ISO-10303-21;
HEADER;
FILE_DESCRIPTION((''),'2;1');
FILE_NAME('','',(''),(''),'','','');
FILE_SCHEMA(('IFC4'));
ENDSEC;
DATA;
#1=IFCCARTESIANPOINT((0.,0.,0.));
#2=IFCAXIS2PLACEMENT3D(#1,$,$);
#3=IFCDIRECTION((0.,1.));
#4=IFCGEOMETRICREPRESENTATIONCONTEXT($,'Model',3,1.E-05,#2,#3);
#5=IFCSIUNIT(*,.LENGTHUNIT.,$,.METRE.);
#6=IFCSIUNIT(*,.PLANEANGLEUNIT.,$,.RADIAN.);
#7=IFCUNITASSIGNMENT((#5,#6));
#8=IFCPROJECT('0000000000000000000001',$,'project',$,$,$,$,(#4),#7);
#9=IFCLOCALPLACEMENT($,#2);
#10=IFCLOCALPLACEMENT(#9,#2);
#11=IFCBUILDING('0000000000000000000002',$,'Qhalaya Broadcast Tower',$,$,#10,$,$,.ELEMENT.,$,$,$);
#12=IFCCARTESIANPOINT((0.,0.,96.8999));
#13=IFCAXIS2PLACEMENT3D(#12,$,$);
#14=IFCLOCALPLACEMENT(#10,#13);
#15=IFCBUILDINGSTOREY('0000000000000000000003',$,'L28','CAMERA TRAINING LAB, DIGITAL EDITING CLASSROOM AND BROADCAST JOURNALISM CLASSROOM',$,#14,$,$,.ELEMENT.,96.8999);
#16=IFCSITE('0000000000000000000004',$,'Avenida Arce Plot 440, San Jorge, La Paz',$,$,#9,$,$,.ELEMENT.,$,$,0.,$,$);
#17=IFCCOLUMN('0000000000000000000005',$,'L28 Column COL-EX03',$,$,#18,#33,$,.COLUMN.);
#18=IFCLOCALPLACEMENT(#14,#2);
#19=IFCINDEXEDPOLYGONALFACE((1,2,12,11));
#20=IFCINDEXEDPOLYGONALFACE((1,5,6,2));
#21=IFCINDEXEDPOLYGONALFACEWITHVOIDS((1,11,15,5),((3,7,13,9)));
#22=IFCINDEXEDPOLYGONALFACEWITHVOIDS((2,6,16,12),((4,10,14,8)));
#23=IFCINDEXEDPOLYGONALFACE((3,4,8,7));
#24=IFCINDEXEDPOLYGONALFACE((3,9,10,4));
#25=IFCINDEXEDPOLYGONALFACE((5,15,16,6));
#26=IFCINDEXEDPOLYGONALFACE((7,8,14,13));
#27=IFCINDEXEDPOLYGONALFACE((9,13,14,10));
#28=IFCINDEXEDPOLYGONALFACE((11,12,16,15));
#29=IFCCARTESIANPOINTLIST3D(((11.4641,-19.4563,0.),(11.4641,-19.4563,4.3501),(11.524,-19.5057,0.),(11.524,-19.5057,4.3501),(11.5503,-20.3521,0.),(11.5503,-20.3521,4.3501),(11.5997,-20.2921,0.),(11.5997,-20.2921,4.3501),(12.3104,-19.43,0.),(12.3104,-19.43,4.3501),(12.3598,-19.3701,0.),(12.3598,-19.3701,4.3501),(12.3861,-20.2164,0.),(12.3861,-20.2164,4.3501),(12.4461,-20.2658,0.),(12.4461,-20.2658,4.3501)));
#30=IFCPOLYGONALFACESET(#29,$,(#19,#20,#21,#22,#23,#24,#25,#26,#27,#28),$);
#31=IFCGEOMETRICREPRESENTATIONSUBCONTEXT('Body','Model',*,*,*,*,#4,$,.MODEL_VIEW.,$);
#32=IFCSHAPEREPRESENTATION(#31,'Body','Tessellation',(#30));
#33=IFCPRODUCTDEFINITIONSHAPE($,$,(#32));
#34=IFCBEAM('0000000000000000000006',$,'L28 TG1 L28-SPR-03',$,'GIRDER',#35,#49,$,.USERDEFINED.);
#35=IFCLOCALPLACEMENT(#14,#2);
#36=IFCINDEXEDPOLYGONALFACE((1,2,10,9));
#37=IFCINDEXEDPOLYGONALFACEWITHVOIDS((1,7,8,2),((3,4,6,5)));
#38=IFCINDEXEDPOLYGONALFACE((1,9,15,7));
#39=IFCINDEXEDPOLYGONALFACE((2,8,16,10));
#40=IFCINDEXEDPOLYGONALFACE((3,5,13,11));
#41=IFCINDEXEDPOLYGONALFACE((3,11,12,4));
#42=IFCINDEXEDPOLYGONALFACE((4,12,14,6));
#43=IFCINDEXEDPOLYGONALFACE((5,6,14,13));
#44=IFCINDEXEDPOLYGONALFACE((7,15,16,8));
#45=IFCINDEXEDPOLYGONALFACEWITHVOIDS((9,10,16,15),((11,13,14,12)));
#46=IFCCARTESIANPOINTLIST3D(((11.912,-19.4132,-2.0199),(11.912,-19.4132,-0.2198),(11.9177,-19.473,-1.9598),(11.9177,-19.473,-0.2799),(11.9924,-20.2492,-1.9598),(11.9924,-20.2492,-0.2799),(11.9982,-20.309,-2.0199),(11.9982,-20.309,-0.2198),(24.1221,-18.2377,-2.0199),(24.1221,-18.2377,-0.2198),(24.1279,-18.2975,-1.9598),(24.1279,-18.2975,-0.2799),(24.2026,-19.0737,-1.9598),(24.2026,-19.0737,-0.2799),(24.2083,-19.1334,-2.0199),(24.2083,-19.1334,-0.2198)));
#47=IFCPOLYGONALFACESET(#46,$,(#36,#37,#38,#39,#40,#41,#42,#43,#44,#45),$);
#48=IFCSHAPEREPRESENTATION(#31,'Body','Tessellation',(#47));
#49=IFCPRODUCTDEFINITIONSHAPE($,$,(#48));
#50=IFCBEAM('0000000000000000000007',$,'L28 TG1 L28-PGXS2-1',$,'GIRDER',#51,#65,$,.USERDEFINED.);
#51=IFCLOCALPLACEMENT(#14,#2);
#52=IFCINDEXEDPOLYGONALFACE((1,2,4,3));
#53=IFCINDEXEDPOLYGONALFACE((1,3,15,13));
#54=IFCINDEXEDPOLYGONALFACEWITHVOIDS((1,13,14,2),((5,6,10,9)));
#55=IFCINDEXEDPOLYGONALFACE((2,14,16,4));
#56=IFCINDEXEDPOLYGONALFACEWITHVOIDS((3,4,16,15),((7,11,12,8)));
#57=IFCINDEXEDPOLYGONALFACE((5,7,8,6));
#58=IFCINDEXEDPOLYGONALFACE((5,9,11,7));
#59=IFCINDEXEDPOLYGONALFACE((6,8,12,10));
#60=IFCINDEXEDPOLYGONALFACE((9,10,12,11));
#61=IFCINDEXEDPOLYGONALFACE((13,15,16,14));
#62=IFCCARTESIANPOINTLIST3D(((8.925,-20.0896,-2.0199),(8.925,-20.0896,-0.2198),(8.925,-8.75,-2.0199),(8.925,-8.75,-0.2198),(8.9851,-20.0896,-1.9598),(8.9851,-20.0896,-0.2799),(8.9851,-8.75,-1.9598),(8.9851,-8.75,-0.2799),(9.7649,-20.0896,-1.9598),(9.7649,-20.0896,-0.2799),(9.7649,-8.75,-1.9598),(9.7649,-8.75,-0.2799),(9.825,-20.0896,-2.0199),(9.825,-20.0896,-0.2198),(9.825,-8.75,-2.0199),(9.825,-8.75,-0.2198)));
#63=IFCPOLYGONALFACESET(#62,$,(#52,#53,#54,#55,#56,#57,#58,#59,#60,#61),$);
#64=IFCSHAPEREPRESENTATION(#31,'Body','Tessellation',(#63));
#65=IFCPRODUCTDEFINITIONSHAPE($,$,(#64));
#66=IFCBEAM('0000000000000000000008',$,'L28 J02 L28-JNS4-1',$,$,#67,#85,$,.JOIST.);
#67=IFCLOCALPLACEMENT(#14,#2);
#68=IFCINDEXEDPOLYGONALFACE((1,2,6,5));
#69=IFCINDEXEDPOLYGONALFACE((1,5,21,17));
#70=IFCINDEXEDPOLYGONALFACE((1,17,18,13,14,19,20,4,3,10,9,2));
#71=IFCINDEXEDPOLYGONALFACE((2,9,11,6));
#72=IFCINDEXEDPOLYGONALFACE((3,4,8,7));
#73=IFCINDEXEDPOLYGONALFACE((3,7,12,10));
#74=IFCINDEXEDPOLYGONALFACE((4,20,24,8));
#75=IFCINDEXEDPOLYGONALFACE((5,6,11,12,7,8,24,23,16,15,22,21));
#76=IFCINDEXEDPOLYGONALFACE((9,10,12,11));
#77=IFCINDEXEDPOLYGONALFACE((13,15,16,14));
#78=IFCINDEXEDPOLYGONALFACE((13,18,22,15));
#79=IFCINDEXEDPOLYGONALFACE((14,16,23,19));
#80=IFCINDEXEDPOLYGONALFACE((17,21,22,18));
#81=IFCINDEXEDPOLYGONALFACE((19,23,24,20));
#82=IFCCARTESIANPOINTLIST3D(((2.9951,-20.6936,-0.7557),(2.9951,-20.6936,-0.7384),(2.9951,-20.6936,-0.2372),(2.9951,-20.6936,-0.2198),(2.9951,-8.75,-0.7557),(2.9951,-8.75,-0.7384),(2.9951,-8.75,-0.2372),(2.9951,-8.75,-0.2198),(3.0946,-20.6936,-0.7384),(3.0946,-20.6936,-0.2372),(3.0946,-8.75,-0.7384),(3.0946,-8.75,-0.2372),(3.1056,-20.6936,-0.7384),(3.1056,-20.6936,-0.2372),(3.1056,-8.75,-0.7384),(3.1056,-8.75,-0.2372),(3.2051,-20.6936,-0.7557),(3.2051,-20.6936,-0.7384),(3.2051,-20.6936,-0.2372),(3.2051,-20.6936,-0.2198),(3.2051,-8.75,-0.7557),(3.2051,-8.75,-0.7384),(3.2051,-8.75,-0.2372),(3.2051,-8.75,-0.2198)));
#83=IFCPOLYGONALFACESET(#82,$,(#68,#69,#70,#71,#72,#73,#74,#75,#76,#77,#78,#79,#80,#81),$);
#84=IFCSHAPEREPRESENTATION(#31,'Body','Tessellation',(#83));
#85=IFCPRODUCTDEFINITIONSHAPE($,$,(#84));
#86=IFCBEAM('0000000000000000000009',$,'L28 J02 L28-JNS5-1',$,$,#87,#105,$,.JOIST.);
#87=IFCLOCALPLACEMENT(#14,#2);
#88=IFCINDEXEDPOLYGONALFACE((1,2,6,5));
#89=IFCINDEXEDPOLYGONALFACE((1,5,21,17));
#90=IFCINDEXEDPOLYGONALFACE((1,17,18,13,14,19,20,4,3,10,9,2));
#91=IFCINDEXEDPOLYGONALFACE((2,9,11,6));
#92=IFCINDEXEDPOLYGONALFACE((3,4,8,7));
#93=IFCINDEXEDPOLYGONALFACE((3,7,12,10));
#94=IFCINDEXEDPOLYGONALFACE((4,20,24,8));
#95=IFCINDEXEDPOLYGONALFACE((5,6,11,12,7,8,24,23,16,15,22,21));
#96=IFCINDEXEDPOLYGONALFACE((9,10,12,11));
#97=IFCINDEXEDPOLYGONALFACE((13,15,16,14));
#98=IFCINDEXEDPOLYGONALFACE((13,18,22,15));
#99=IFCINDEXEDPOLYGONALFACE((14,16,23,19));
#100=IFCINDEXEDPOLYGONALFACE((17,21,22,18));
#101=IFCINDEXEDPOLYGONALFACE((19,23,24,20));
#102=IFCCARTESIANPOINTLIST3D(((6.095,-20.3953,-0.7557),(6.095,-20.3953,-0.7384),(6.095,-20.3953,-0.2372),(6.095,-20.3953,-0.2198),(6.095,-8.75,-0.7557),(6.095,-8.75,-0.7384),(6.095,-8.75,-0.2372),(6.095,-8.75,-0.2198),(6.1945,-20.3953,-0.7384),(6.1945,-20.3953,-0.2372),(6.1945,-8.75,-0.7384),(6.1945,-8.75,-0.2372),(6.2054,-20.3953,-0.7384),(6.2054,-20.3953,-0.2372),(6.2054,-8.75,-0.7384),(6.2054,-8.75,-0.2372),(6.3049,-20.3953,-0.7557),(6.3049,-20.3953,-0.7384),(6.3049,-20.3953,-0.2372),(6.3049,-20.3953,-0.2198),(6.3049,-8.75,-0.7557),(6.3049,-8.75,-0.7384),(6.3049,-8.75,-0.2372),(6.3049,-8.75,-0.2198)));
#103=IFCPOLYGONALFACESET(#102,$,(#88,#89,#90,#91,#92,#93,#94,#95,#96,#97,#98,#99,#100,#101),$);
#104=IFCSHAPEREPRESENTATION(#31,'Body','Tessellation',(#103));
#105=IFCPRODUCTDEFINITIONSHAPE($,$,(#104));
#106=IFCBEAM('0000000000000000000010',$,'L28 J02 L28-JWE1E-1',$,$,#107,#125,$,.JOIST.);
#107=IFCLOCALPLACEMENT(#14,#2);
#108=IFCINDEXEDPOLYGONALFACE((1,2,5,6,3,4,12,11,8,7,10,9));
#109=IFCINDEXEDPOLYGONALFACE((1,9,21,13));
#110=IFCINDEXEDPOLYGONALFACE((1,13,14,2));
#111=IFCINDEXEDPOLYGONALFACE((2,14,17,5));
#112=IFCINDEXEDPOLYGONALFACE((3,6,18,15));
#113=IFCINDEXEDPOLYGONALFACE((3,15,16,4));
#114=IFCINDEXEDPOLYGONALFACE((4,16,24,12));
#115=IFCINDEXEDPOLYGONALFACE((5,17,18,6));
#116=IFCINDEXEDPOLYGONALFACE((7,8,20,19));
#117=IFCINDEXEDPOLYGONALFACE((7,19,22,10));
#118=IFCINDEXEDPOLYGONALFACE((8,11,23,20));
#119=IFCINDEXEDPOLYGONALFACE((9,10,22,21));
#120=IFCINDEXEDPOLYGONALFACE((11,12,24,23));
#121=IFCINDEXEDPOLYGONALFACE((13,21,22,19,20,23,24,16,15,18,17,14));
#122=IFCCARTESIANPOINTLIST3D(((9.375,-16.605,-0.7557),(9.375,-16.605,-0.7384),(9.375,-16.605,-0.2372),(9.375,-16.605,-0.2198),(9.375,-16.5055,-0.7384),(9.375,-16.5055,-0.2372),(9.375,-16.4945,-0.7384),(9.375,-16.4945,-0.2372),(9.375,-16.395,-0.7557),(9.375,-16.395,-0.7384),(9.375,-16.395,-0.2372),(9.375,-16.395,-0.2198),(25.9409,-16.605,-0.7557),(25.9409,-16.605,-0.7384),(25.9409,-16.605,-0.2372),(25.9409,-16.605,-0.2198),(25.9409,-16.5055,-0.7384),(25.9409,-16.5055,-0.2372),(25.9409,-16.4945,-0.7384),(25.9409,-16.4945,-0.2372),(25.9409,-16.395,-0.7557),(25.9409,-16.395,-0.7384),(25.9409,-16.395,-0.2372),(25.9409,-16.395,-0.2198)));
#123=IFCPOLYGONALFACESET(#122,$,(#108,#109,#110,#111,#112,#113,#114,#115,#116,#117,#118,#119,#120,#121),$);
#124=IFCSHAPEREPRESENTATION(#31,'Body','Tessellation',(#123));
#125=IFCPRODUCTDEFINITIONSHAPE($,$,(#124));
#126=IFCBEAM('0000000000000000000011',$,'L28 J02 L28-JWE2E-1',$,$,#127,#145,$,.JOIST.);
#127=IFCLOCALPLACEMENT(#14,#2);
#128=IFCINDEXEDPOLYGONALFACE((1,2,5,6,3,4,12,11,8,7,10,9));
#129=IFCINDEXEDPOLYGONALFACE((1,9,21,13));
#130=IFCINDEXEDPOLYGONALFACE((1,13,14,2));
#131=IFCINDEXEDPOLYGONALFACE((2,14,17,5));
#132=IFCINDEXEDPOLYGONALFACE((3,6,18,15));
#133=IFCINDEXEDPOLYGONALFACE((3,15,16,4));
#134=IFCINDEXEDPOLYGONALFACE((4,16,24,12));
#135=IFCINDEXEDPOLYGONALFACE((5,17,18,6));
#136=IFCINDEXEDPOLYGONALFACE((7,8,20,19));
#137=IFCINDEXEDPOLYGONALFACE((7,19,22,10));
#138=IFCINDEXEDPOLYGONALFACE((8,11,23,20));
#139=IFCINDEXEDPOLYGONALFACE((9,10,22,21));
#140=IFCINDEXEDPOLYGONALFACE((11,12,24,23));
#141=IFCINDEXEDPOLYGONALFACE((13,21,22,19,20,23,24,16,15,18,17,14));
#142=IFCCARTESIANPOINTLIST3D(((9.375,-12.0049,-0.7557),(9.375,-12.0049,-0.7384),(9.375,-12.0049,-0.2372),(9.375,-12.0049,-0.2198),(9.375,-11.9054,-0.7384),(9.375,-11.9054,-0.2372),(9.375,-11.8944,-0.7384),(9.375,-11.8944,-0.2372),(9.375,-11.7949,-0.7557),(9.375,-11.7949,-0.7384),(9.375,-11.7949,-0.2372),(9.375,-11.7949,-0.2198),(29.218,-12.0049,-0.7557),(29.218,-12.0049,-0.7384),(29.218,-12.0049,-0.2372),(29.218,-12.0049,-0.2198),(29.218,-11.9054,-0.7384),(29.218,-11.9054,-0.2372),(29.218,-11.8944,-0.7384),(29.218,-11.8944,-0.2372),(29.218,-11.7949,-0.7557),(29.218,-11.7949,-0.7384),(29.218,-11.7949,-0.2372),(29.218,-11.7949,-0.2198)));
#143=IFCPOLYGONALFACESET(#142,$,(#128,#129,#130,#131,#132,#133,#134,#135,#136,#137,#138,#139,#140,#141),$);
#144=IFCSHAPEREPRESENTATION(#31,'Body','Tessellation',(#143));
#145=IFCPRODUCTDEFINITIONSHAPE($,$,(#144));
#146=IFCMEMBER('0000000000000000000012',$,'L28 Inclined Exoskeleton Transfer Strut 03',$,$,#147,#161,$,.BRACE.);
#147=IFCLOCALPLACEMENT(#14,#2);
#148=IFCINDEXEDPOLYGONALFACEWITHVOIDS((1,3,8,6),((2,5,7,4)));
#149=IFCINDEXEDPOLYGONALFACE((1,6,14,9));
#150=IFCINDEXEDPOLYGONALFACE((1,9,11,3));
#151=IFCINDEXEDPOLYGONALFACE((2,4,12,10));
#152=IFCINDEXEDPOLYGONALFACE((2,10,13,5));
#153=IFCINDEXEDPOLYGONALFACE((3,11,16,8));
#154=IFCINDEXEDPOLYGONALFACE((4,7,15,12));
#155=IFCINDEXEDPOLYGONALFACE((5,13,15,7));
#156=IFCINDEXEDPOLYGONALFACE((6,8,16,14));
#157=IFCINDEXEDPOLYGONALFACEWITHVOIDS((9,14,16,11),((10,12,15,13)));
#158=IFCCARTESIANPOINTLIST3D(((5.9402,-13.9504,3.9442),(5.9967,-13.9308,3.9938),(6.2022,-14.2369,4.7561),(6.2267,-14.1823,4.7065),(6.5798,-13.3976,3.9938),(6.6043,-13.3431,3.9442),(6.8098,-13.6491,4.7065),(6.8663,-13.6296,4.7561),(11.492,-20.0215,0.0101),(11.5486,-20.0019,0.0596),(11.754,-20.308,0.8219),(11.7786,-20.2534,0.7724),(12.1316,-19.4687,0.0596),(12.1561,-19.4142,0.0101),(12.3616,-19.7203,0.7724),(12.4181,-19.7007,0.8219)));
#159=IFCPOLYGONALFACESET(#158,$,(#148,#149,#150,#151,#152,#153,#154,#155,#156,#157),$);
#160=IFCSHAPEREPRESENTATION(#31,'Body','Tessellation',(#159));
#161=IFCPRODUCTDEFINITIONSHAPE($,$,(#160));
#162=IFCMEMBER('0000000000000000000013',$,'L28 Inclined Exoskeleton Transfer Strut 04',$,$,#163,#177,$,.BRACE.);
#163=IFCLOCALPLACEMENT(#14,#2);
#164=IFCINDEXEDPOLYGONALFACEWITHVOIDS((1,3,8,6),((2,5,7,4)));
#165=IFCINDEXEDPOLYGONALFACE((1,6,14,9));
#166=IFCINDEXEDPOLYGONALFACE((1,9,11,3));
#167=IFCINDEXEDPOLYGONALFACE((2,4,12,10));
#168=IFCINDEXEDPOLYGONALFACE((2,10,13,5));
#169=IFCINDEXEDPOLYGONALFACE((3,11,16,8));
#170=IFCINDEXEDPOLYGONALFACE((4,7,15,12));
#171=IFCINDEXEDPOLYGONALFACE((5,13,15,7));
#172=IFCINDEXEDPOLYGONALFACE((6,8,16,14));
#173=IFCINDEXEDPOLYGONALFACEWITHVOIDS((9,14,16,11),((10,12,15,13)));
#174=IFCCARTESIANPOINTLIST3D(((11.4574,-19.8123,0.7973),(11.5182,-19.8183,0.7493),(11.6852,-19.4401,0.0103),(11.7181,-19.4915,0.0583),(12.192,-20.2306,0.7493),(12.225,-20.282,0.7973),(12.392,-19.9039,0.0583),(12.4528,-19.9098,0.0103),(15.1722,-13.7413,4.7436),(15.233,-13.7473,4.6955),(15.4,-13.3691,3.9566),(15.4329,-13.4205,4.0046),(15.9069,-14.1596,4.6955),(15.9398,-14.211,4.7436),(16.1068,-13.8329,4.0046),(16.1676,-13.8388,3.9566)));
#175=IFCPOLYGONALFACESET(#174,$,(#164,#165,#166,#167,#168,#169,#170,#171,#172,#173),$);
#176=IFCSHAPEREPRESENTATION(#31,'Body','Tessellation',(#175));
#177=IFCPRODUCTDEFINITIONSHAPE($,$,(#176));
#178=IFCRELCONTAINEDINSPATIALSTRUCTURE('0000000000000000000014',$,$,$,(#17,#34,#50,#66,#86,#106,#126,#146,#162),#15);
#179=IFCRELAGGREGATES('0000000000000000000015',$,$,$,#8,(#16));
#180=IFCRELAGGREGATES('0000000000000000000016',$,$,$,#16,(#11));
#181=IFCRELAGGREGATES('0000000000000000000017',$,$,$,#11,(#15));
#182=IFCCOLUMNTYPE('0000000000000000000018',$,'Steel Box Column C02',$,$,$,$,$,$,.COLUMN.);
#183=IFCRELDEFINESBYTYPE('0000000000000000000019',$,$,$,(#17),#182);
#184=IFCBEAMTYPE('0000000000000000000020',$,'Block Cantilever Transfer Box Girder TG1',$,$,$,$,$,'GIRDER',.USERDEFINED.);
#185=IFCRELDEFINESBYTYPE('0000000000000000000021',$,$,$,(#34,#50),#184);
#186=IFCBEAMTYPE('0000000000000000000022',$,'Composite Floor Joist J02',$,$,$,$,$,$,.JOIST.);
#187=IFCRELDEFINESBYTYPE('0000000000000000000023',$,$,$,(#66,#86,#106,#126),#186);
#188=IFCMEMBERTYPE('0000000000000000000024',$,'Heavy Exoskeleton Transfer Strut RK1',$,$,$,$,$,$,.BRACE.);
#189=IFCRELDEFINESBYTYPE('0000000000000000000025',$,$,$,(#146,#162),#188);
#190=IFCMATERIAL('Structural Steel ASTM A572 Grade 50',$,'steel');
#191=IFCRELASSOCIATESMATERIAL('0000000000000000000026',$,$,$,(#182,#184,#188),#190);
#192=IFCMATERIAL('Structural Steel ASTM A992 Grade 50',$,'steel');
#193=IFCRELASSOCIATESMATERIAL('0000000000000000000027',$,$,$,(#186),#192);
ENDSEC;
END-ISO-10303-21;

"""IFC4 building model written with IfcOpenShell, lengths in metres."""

from ifc_helpers import new_model, si_unit, direction, frame, origin, origin_2d, place, context, subcontext, project, spatial, hollow_rectangle, i_section, extrude, material, material_profile, profile_set, type_object, element, save


model = new_model("IFC4")

# Units and contexts
model_context = context("Model", 3, precision=1e-05, world=origin(), true_north=direction((0.0, 1.0)))
body_context = subcontext(model_context, "Body", "Model", "MODEL_VIEW")
ifc_project = project(units=[si_unit("LENGTHUNIT", "METRE"), si_unit("PLANEANGLEUNIT", "RADIAN")], contexts=[model_context])

# Site, building, storey
site_placement = place(None, origin())
site = spatial("IfcSite", under=ifc_project, at=site_placement, Name="Avenida Arce Plot 440, San Jorge, La Paz", CompositionType="ELEMENT", RefElevation=0.0)
building_placement = place(site_placement, origin())
building = spatial("IfcBuilding", under=site, at=building_placement, Name="Qhalaya Broadcast Tower", CompositionType="ELEMENT")
storey_placement = place(building_placement, frame((0.0, 0.0, 96.8999)))
storey = spatial("IfcBuildingStorey", under=building, at=storey_placement, Name="L28", Description="CAMERA TRAINING LAB, DIGITAL EDITING CLASSROOM AND BROADCAST JOURNALISM CLASSROOM", CompositionType="ELEMENT", Elevation=96.8999)

# Column
ifc_material_1 = material(Name="Structural Steel ASTM A572 Grade 50", Category="steel")
ifc_material_profile_1 = material_profile(ifc_material_1, hollow_rectangle(XDim=0.8999, YDim=0.8999, WallThickness=0.0549, at=origin_2d()), Name="BOX 900x900x55")
ifc_profile_set_1 = profile_set([ifc_material_profile_1], Name="Structural Steel ASTM A572 Grade 50")
column_type = type_object("IfcColumnType", Name="Steel Box Column C02", PredefinedType="COLUMN", material=ifc_profile_set_1)
column_placement = place(storey_placement, frame((11.9551, -19.8611, 0.0), z_axis=(0.0, 0.0, 1.0), x_axis=(0.995396, 0.095846, 0.0)))
element("IfcColumn", 1, at=column_placement, inside=storey, type_object=column_type, Name="L28 Column COL-EX03", PredefinedType="COLUMN", context=body_context, shape_type="SweptSolid", body=[
    extrude(hollow_rectangle(XDim=0.8999, YDim=0.8999, WallThickness=0.0549, at=origin_2d()), origin(), (0.0, 0.0, 1.0), 4.3501),
])

# Beams
ifc_material_profile_2 = material_profile(ifc_material_1, hollow_rectangle(XDim=0.8999, YDim=1.8, WallThickness=0.0601, at=origin_2d()), Name="BOX 900x1800x60")
ifc_profile_set_2 = profile_set([ifc_material_profile_2], Name="Structural Steel ASTM A572 Grade 50")
beam_type_1 = type_object("IfcBeamType", Name="Block Cantilever Transfer Box Girder TG1", ElementType="GIRDER", PredefinedType="USERDEFINED", material=ifc_profile_set_2)
beam_1_placement = place(storey_placement, frame((11.9551, -19.8611, -1.1199), z_axis=(0.995398, 0.095832, 0.0), x_axis=(-0.095832, 0.995398, 0.0)))
element("IfcBeam", 2, at=beam_1_placement, inside=storey, type_object=beam_type_1, Name="L28 TG1 L28-SPR-03", ObjectType="GIRDER", PredefinedType="USERDEFINED", context=body_context, shape_type="SweptSolid", body=[
    extrude(hollow_rectangle(XDim=0.8999, YDim=1.8, WallThickness=0.0601, at=origin_2d()), origin(), (0.0, 0.0, 1.0), 12.2666),
])
beam_2_placement = place(storey_placement, frame((9.375, -20.0896, -1.1199), z_axis=(0.0, 1.0, 0.0), x_axis=(-1.0, 0.0, 0.0)))
element("IfcBeam", 3, at=beam_2_placement, inside=storey, type_object=beam_type_1, Name="L28 TG1 L28-PGXS2-1", ObjectType="GIRDER", PredefinedType="USERDEFINED", context=body_context, shape_type="SweptSolid", body=[
    extrude(hollow_rectangle(XDim=0.8999, YDim=1.8, WallThickness=0.0601, at=origin_2d()), origin(), (0.0, 0.0, 1.0), 11.3396),
])
ifc_material_2 = material(Name="Structural Steel ASTM A992 Grade 50", Category="steel")
ifc_material_profile_3 = material_profile(ifc_material_2, i_section(OverallWidth=0.21, OverallDepth=0.5359, WebThickness=0.011, FlangeThickness=0.0173, at=origin_2d()), Name="W21X68")
ifc_profile_set_3 = profile_set([ifc_material_profile_3], Name="Structural Steel ASTM A992 Grade 50")
beam_type_2 = type_object("IfcBeamType", Name="Composite Floor Joist J02", PredefinedType="JOIST", material=ifc_profile_set_3)
beam_3_placement = place(storey_placement, frame((3.1001, -20.6936, -0.4878), z_axis=(0.0, 1.0, 0.0), x_axis=(-1.0, 0.0, 0.0)))
element("IfcBeam", 4, at=beam_3_placement, inside=storey, type_object=beam_type_2, Name="L28 J02 L28-JNS4-1", PredefinedType="JOIST", context=body_context, shape_type="SweptSolid", body=[
    extrude(i_section(OverallWidth=0.21, OverallDepth=0.5359, WebThickness=0.011, FlangeThickness=0.0173, at=origin_2d()), origin(), (0.0, 0.0, 1.0), 11.9436),
])
beam_4_placement = place(storey_placement, frame((6.2, -20.3953, -0.4878), z_axis=(0.0, 1.0, 0.0), x_axis=(-1.0, 0.0, 0.0)))
element("IfcBeam", 5, at=beam_4_placement, inside=storey, type_object=beam_type_2, Name="L28 J02 L28-JNS5-1", PredefinedType="JOIST", context=body_context, shape_type="SweptSolid", body=[
    extrude(i_section(OverallWidth=0.21, OverallDepth=0.5359, WebThickness=0.011, FlangeThickness=0.0173, at=origin_2d()), origin(), (0.0, 0.0, 1.0), 11.6453),
])
beam_5_placement = place(storey_placement, frame((9.375, -16.5, -0.4878), z_axis=(1.0, 0.0, 0.0), x_axis=(0.0, 1.0, 0.0)))
element("IfcBeam", 6, at=beam_5_placement, inside=storey, type_object=beam_type_2, Name="L28 J02 L28-JWE1E-1", PredefinedType="JOIST", context=body_context, shape_type="SweptSolid", body=[
    extrude(i_section(OverallWidth=0.21, OverallDepth=0.5359, WebThickness=0.011, FlangeThickness=0.0173, at=origin_2d()), origin(), (0.0, 0.0, 1.0), 16.5659),
])
beam_6_placement = place(storey_placement, frame((9.375, -11.8999, -0.4878), z_axis=(1.0, 0.0, 0.0), x_axis=(0.0, 1.0, 0.0)))
element("IfcBeam", 7, at=beam_6_placement, inside=storey, type_object=beam_type_2, Name="L28 J02 L28-JWE2E-1", PredefinedType="JOIST", context=body_context, shape_type="SweptSolid", body=[
    extrude(i_section(OverallWidth=0.21, OverallDepth=0.5359, WebThickness=0.011, FlangeThickness=0.0173, at=origin_2d()), origin(), (0.0, 0.0, 1.0), 19.843),
])

# Members
ifc_material_profile_4 = material_profile(ifc_material_1, hollow_rectangle(XDim=0.8999, YDim=0.8999, WallThickness=0.0549, at=origin_2d()), Name="BOX 900x900x55")
ifc_profile_set_4 = profile_set([ifc_material_profile_4], Name="Structural Steel ASTM A572 Grade 50")
member_type_1 = type_object("IfcMemberType", Name="Heavy Exoskeleton Transfer Strut RK1", PredefinedType="BRACE", material=ifc_profile_set_4)
member_1_placement = place(storey_placement, frame((11.9551, -19.8611, 0.416), z_axis=(-0.608811, 0.665756, 0.431415), x_axis=(-0.737963, -0.674841, 0.0)))
element("IfcMember", 8, at=member_1_placement, inside=storey, type_object=member_type_1, Name="L28 Inclined Exoskeleton Transfer Strut 03", PredefinedType="BRACE", context=body_context, shape_type="SweptSolid", body=[
    extrude(hollow_rectangle(XDim=0.8999, YDim=0.8999, WallThickness=0.0549, at=origin_2d()), origin(), (0.0, 0.0, 1.0), 9.1191),
])
member_2_placement = place(storey_placement, frame((11.9551, -19.8611, 0.4038), z_axis=(0.456468, 0.74599, 0.484907), x_axis=(-0.852984, 0.521937, 0.0)))
element("IfcMember", 9, at=member_2_placement, inside=storey, type_object=member_type_1, Name="L28 Inclined Exoskeleton Transfer Strut 04", PredefinedType="BRACE", context=body_context, shape_type="SweptSolid", body=[
    extrude(hollow_rectangle(XDim=0.8999, YDim=0.8999, WallThickness=0.0549, at=origin_2d()), origin(), (0.0, 0.0, 1.0), 8.1382),
])

save(model, "model.ifc")
